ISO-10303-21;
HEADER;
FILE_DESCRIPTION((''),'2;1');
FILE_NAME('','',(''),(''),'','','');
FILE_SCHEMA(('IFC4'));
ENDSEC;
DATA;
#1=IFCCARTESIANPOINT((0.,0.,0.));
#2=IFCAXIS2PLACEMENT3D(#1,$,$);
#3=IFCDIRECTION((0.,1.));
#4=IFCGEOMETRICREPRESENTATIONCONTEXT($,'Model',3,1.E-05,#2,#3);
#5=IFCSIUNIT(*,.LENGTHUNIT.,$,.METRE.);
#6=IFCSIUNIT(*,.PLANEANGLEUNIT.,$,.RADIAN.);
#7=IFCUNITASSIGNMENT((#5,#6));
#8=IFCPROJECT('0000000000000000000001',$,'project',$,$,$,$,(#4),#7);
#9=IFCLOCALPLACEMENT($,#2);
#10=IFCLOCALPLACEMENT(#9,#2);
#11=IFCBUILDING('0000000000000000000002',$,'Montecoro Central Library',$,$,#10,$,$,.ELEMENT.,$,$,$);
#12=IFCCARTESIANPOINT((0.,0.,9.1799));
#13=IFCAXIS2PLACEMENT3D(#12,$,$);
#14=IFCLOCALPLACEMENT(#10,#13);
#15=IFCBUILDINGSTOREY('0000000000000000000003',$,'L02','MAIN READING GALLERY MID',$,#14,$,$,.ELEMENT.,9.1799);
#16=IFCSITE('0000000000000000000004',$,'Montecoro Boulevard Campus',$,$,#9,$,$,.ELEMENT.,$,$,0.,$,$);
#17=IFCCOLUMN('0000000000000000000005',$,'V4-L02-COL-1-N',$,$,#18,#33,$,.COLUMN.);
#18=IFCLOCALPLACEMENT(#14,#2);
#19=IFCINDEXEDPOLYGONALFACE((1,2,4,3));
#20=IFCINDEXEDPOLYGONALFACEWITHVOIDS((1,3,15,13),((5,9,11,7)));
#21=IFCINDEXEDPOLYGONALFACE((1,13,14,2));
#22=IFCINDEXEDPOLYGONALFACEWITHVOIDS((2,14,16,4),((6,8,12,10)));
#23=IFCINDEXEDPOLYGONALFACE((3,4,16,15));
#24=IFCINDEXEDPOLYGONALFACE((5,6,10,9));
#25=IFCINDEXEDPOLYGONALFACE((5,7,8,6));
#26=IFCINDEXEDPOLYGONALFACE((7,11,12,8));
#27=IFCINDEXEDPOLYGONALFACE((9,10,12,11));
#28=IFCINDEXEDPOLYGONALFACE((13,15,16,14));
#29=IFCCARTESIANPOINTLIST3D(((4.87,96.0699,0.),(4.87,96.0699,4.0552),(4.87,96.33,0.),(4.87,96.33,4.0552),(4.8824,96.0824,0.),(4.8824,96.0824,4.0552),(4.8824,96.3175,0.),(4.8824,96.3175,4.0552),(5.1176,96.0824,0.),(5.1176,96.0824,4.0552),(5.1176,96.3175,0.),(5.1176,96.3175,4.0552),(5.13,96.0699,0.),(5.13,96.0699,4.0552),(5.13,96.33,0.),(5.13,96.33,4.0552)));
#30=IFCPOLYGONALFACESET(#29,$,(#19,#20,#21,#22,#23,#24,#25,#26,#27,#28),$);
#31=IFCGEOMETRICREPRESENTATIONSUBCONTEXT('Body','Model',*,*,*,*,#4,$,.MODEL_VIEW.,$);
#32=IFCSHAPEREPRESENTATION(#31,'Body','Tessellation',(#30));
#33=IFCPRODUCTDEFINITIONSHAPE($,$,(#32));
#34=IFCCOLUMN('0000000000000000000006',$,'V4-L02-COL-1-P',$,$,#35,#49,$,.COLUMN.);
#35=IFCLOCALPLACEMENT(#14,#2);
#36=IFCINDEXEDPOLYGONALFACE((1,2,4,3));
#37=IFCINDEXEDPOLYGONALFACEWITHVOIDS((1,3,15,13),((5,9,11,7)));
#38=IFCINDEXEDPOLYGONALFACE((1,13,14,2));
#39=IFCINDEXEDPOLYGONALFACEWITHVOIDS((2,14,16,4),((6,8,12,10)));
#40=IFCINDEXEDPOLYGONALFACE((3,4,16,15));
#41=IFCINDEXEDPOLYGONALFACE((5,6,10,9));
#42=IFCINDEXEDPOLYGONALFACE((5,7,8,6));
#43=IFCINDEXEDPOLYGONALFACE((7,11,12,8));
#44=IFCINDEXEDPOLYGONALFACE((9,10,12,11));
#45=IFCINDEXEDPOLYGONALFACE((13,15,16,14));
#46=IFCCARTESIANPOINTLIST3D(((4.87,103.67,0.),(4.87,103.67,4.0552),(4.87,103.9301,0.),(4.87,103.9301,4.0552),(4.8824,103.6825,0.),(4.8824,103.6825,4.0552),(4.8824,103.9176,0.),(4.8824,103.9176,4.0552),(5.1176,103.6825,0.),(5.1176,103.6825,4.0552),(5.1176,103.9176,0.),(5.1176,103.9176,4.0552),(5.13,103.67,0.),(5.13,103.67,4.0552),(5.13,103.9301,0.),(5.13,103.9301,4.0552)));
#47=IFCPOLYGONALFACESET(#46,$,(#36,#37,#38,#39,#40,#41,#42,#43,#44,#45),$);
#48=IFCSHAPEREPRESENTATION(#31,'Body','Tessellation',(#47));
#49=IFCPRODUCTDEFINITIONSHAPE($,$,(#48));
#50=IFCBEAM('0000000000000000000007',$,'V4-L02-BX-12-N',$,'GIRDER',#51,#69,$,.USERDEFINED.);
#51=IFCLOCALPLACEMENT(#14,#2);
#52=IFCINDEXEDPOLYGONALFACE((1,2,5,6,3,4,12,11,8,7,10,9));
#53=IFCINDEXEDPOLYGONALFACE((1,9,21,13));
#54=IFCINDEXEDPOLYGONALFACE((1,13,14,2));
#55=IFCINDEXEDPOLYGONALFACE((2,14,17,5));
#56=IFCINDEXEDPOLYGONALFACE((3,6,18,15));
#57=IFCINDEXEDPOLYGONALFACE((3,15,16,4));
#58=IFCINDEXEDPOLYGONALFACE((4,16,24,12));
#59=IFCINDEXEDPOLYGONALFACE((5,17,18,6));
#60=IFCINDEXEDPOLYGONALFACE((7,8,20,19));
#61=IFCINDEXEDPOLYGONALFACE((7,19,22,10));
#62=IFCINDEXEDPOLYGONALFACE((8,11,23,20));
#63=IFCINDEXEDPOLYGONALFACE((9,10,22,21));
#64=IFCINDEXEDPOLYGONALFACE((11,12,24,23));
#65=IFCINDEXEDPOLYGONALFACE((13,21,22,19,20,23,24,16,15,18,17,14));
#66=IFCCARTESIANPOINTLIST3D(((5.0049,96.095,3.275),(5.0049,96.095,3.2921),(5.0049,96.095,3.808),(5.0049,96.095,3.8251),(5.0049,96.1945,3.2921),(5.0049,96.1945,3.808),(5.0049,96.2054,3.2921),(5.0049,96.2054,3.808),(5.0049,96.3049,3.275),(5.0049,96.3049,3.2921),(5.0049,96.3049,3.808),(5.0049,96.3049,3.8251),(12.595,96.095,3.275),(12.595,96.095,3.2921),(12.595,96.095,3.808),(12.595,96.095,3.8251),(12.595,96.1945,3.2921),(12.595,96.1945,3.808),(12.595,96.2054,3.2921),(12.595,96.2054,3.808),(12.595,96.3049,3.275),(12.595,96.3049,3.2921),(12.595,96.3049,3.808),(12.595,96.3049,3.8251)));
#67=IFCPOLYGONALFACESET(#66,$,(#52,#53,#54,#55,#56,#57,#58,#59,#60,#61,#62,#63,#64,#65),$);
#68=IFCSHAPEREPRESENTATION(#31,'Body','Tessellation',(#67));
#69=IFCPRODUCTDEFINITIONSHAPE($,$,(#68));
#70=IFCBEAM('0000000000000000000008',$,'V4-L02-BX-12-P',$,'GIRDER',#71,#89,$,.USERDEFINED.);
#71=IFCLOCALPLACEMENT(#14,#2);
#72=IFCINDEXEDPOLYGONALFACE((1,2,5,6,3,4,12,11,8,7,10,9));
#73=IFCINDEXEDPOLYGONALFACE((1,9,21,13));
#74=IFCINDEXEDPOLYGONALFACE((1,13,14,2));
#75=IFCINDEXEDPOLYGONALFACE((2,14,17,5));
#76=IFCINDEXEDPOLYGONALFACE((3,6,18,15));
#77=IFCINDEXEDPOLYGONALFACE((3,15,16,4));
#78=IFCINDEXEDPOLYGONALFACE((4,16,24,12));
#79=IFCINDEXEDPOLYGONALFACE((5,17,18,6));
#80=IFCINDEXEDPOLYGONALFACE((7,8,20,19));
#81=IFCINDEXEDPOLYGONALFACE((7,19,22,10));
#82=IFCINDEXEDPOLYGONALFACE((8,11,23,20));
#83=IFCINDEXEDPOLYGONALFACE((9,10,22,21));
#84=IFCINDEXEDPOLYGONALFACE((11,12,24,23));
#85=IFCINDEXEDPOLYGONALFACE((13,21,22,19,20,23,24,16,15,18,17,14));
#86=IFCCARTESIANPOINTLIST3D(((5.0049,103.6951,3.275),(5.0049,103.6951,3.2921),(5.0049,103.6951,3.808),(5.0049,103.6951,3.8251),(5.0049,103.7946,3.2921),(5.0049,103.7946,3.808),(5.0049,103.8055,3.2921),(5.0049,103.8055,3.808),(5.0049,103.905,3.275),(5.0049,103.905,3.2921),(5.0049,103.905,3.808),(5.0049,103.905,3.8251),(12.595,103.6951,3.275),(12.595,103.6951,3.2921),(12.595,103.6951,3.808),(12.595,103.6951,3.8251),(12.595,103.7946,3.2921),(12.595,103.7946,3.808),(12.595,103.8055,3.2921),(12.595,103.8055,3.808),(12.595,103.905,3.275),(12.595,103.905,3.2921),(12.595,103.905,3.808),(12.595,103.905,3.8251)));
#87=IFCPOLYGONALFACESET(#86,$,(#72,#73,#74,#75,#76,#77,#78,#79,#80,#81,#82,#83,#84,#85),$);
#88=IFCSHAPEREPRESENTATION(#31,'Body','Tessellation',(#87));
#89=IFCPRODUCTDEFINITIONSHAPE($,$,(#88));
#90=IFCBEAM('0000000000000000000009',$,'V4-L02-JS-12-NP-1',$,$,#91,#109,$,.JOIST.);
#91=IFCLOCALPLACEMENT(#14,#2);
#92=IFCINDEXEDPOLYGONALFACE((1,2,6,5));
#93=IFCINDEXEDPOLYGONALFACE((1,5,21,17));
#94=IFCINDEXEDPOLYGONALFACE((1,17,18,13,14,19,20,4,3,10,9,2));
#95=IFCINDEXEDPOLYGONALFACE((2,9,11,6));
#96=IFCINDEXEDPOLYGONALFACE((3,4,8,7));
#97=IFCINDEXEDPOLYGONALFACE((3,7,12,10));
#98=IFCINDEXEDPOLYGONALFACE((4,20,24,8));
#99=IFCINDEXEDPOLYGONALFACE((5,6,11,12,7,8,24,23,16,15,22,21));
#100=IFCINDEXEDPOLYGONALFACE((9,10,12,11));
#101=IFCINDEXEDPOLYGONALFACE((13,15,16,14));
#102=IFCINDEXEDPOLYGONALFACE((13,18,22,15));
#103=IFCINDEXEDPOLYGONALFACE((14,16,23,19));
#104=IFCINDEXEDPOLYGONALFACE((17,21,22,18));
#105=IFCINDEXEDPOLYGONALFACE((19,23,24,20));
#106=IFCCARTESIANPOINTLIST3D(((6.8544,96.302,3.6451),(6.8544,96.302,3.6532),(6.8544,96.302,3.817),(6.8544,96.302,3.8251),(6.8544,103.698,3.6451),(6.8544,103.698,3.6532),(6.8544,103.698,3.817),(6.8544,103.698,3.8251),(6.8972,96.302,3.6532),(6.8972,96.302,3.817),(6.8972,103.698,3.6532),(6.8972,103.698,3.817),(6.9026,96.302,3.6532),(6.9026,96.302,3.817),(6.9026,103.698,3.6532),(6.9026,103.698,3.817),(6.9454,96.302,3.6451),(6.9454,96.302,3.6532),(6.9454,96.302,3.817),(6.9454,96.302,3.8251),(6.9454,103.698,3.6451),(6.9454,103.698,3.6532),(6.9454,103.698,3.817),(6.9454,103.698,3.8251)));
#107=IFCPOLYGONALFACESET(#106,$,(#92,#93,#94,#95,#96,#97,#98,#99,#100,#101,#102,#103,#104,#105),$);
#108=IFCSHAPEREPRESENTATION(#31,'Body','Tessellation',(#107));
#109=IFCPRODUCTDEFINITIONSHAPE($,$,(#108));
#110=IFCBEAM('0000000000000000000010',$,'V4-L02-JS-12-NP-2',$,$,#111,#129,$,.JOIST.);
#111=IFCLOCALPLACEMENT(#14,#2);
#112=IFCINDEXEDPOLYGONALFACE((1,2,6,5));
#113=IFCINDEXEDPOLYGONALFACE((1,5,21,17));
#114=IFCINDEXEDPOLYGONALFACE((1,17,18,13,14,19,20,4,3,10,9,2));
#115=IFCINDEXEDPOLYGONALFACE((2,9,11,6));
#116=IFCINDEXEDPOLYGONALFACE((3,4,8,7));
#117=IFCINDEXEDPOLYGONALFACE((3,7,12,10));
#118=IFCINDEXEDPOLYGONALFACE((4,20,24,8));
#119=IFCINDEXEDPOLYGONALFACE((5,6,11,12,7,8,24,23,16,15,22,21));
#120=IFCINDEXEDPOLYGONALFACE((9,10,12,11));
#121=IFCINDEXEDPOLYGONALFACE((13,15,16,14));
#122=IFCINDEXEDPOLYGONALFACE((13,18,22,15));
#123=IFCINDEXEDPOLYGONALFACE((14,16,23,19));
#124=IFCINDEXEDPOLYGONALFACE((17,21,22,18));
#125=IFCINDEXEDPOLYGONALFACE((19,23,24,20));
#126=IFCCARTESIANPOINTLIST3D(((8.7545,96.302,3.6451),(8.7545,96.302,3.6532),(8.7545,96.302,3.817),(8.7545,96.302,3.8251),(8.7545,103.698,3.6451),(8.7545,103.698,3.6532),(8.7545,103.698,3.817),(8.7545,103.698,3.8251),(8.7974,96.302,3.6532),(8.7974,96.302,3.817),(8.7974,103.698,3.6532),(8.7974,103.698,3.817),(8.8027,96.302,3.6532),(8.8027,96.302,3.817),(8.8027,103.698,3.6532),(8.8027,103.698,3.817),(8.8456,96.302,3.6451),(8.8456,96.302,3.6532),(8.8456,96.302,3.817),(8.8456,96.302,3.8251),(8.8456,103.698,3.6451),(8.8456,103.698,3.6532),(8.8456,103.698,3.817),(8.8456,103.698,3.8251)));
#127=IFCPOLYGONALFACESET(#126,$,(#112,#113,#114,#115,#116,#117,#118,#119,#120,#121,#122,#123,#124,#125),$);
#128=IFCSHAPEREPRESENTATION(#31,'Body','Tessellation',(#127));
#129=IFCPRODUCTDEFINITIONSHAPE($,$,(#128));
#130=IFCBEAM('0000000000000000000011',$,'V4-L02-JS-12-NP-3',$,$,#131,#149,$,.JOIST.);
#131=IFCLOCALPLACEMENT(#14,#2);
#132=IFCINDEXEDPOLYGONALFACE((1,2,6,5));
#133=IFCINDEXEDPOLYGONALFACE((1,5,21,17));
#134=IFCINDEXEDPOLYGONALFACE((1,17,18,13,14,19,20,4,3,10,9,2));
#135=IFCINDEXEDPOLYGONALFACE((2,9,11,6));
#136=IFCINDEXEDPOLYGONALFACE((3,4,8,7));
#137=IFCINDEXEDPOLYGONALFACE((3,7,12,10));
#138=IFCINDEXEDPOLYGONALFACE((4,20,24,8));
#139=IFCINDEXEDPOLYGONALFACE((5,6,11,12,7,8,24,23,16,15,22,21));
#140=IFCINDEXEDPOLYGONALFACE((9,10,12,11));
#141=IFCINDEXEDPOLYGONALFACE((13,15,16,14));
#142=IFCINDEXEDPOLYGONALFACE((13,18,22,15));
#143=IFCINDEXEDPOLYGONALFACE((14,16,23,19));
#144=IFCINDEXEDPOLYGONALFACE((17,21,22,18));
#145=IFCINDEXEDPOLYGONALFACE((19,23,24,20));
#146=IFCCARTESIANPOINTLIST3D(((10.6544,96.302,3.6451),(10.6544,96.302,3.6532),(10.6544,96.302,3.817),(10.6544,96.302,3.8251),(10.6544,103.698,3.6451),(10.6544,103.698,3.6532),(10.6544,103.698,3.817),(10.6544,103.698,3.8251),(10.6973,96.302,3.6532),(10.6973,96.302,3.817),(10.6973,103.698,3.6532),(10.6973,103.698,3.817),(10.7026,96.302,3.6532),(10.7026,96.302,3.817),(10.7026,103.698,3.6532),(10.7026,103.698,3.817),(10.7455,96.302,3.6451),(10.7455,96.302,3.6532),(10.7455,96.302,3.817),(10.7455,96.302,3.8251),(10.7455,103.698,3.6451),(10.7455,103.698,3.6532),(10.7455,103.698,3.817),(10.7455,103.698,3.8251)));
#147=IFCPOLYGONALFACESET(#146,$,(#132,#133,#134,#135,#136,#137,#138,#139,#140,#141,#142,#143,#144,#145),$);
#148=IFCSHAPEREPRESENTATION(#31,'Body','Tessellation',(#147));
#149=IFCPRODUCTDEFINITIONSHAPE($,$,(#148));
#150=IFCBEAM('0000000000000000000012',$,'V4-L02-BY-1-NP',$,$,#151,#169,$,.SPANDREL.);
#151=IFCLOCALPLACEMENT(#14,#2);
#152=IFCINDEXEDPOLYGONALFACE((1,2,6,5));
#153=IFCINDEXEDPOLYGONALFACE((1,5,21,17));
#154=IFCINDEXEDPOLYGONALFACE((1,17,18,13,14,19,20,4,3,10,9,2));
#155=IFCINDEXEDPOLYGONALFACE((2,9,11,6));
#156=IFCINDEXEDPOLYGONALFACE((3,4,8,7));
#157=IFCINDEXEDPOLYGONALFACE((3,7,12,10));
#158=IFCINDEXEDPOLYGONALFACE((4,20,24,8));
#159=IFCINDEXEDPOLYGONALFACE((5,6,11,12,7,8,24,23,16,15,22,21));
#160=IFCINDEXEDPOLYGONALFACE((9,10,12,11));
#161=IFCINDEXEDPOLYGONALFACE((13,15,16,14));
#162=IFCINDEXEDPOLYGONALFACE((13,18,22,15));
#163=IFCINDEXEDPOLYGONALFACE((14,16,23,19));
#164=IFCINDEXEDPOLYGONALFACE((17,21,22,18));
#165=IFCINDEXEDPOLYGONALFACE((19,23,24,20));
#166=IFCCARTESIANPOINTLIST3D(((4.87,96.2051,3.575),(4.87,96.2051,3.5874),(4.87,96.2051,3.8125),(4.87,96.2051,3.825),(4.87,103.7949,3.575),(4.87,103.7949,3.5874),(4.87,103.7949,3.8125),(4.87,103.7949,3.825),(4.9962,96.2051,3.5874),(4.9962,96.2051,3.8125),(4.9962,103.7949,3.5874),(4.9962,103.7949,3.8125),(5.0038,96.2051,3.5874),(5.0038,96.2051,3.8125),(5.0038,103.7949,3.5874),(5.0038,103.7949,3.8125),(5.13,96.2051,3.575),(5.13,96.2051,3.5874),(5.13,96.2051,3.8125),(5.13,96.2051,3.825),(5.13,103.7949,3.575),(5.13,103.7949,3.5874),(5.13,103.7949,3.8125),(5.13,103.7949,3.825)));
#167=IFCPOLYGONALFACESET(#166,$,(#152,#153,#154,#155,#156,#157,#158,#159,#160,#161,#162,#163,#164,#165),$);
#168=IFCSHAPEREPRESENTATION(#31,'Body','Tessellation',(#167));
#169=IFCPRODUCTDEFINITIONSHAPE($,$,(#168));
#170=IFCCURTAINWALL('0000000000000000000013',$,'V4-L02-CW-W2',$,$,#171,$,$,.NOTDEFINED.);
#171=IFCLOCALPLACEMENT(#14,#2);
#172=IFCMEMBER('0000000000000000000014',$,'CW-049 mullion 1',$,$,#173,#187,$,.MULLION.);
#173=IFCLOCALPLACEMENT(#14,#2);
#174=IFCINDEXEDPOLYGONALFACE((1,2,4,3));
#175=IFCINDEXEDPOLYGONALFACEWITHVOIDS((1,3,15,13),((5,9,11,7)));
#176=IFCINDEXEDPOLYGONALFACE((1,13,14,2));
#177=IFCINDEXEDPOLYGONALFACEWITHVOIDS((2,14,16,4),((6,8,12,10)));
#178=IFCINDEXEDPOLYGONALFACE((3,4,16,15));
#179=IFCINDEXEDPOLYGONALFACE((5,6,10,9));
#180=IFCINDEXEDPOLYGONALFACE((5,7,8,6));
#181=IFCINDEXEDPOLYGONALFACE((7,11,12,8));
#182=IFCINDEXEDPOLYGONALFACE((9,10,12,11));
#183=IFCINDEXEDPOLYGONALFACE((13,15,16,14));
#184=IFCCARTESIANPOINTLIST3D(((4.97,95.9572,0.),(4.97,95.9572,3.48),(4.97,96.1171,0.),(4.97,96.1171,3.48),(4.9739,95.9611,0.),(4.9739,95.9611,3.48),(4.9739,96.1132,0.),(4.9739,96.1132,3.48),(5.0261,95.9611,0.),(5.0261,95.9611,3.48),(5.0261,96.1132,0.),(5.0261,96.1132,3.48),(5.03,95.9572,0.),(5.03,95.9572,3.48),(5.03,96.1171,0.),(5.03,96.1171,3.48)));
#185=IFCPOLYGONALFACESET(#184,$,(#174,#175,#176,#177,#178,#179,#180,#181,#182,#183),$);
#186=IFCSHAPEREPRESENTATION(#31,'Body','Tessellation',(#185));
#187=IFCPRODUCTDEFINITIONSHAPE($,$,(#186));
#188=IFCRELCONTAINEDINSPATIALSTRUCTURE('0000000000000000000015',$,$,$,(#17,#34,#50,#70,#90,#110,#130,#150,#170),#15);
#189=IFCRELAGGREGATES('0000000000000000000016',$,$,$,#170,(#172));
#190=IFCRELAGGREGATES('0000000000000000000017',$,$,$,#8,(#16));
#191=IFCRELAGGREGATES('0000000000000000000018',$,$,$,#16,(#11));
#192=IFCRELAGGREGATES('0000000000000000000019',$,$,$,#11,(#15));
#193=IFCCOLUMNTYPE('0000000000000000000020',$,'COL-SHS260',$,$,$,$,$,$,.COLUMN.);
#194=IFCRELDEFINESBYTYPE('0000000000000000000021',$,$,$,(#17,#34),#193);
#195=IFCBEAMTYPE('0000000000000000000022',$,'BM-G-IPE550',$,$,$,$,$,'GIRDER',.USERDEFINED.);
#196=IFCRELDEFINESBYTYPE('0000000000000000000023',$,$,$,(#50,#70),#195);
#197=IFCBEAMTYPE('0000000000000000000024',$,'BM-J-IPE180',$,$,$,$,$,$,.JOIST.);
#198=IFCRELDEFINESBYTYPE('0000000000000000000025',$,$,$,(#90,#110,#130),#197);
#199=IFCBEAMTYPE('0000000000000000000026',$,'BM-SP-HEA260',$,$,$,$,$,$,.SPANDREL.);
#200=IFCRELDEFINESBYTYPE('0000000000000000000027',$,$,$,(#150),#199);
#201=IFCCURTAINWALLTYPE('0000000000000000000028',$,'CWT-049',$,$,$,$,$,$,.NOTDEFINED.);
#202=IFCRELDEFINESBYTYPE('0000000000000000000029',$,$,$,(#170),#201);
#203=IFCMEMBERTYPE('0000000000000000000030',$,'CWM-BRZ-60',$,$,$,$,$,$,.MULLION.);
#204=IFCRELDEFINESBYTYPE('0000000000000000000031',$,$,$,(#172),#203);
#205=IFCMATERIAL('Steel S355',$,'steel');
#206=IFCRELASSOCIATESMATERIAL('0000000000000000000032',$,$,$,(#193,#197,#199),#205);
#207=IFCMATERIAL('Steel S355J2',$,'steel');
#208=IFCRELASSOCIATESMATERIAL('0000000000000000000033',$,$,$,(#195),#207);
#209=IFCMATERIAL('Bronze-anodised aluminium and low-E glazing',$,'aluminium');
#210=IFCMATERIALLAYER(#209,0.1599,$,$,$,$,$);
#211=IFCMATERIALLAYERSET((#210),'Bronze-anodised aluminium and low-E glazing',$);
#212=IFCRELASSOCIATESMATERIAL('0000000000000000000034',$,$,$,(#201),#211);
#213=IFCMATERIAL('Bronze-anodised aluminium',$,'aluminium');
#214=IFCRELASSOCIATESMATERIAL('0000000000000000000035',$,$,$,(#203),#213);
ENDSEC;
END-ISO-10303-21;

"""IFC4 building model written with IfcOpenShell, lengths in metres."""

from ifc_helpers import new_model, si_unit, direction, frame, origin, origin_2d, place, context, subcontext, project, spatial, hollow_rectangle, i_section, extrude, material, layer, layer_set, material_profile, profile_set, type_object, element, aggregate, save


model = new_model("IFC4")

# Units and contexts
model_context = context("Model", 3, precision=1e-05, world=origin(), true_north=direction((0.0, 1.0)))
body_context = subcontext(model_context, "Body", "Model", "MODEL_VIEW")
ifc_project = project(units=[si_unit("LENGTHUNIT", "METRE"), si_unit("PLANEANGLEUNIT", "RADIAN")], contexts=[model_context])

# Site, building, storey
site_placement = place(None, origin())
site = spatial("IfcSite", under=ifc_project, at=site_placement, Name="Montecoro Boulevard Campus", CompositionType="ELEMENT", RefElevation=0.0)
building_placement = place(site_placement, origin())
building = spatial("IfcBuilding", under=site, at=building_placement, Name="Montecoro Central Library", CompositionType="ELEMENT")
storey_placement = place(building_placement, frame((0.0, 0.0, 9.1799)))
storey = spatial("IfcBuildingStorey", under=building, at=storey_placement, Name="L02", Description="MAIN READING GALLERY MID", CompositionType="ELEMENT", Elevation=9.1799)

# Columns
ifc_material_1 = material(Name="Steel S355", Category="steel")
ifc_material_profile_1 = material_profile(ifc_material_1, hollow_rectangle(XDim=0.26, YDim=0.26, WallThickness=0.0125, at=origin_2d()), Name="SHS 260x260x12.5")
ifc_profile_set_1 = profile_set([ifc_material_profile_1], Name="Steel S355")
column_type = type_object("IfcColumnType", Name="COL-SHS260", PredefinedType="COLUMN", material=ifc_profile_set_1)
for number, where, z_axis, x_axis, name in (
    (1, (5.0, 96.2, 0.0), (0.0, 0.0, 1.0), (1.0, 0.0, 0.0), "V4-L02-COL-1-N"),
    (2, (5.0, 103.8, 0.0), (0.0, 0.0, 1.0), (1.0, 0.0, 0.0), "V4-L02-COL-1-P"),
):
    element("IfcColumn", number, at=place(storey_placement, frame(where, z_axis=z_axis, x_axis=x_axis)), inside=storey, type_object=column_type, Name=name, PredefinedType="COLUMN", context=body_context, shape_type="SweptSolid", body=[
        extrude(hollow_rectangle(XDim=0.26, YDim=0.26, WallThickness=0.0125, at=origin_2d()), origin(), (0.0, 0.0, 1.0), 4.0552),
    ])

# Beams
ifc_material_2 = material(Name="Steel S355J2", Category="steel")
ifc_material_profile_2 = material_profile(ifc_material_2, i_section(OverallWidth=0.21, OverallDepth=0.55, WebThickness=0.011, FlangeThickness=0.0171, at=origin_2d()), Name="IPE 550")
ifc_profile_set_2 = profile_set([ifc_material_profile_2], Name="Steel S355J2")
beam_type_1 = type_object("IfcBeamType", Name="BM-G-IPE550", ElementType="GIRDER", PredefinedType="USERDEFINED", material=ifc_profile_set_2)
for number, where, z_axis, x_axis, name in (
    (3, (5.0049, 96.2, 3.55), (1.0, 0.0, 0.0), (0.0, 1.0, 0.0), "V4-L02-BX-12-N"),
    (4, (5.0049, 103.8, 3.55), (1.0, 0.0, 0.0), (0.0, 1.0, 0.0), "V4-L02-BX-12-P"),
):
    element("IfcBeam", number, at=place(storey_placement, frame(where, z_axis=z_axis, x_axis=x_axis)), inside=storey, type_object=beam_type_1, Name=name, ObjectType="GIRDER", PredefinedType="USERDEFINED", context=body_context, shape_type="SweptSolid", body=[
        extrude(i_section(OverallWidth=0.21, OverallDepth=0.55, WebThickness=0.011, FlangeThickness=0.0171, at=origin_2d()), origin(), (0.0, 0.0, 1.0), 7.5901),
    ])
ifc_material_profile_3 = material_profile(ifc_material_1, i_section(OverallWidth=0.0911, OverallDepth=0.1799, WebThickness=0.0054, FlangeThickness=0.0081, at=origin_2d()), Name="IPE 180")
ifc_profile_set_3 = profile_set([ifc_material_profile_3], Name="Steel S355")
beam_type_2 = type_object("IfcBeamType", Name="BM-J-IPE180", PredefinedType="JOIST", material=ifc_profile_set_3)
for number, where, z_axis, x_axis, name in (
    (5, (6.8999, 96.302, 3.7351), (0.0, 1.0, 0.0), (-1.0, 0.0, 0.0), "V4-L02-JS-12-NP-1"),
    (6, (8.8, 96.302, 3.7351), (0.0, 1.0, 0.0), (-1.0, 0.0, 0.0), "V4-L02-JS-12-NP-2"),
    (7, (10.7, 96.302, 3.7351), (0.0, 1.0, 0.0), (-1.0, 0.0, 0.0), "V4-L02-JS-12-NP-3"),
):
    element("IfcBeam", number, at=place(storey_placement, frame(where, z_axis=z_axis, x_axis=x_axis)), inside=storey, type_object=beam_type_2, Name=name, PredefinedType="JOIST", context=body_context, shape_type="SweptSolid", body=[
        extrude(i_section(OverallWidth=0.0911, OverallDepth=0.1799, WebThickness=0.0054, FlangeThickness=0.0081, at=origin_2d()), origin(), (0.0, 0.0, 1.0), 7.396),
    ])
ifc_material_profile_4 = material_profile(ifc_material_1, i_section(OverallWidth=0.26, OverallDepth=0.25, WebThickness=0.0076, FlangeThickness=0.0125, at=origin_2d()), Name="HEA 260")
ifc_profile_set_4 = profile_set([ifc_material_profile_4], Name="Steel S355")
beam_type_3 = type_object("IfcBeamType", Name="BM-SP-HEA260", PredefinedType="SPANDREL", material=ifc_profile_set_4)
beam_placement = place(storey_placement, frame((5.0, 96.2051, 3.7), z_axis=(0.0, 1.0, 0.0), x_axis=(-1.0, 0.0, 0.0)))
element("IfcBeam", 8, at=beam_placement, inside=storey, type_object=beam_type_3, Name="V4-L02-BY-1-NP", PredefinedType="SPANDREL", context=body_context, shape_type="SweptSolid", body=[
    extrude(i_section(OverallWidth=0.26, OverallDepth=0.25, WebThickness=0.0076, FlangeThickness=0.0125, at=origin_2d()), origin(), (0.0, 0.0, 1.0), 7.5898),
])

# Curtain wall, member
ifc_material_3 = material(Name="Bronze-anodised aluminium and low-E glazing", Category="aluminium")
ifc_layer_1 = layer(ifc_material_3, 0.1599)
ifc_layer_set_1 = layer_set([ifc_layer_1], Name="Bronze-anodised aluminium and low-E glazing")
curtain_wall_type = type_object("IfcCurtainWallType", Name="CWT-049", PredefinedType="NOTDEFINED", material=ifc_layer_set_1)
curtain_wall_placement = place(storey_placement, origin())
curtain_wall = element("IfcCurtainWall", 9, at=curtain_wall_placement, inside=storey, type_object=curtain_wall_type, Name="V4-L02-CW-W2", PredefinedType="NOTDEFINED")
ifc_material_4 = material(Name="Bronze-anodised aluminium", Category="aluminium")
ifc_material_profile_5 = material_profile(ifc_material_4, hollow_rectangle(XDim=0.0601, YDim=0.1599, WallThickness=0.0039, at=origin_2d()), Name="CWM 160x60x4.0")
ifc_profile_set_5 = profile_set([ifc_material_profile_5], Name="Bronze-anodised aluminium")
member_type_1 = type_object("IfcMemberType", Name="CWM-BRZ-60", PredefinedType="MULLION", material=ifc_profile_set_5)
member_1_placement = place(storey_placement, frame((5.0, 96.0371, 0.0), z_axis=(0.0, 0.0, 1.0), x_axis=(1.0, 0.0, 0.0)))
member_1 = element("IfcMember", 10, at=member_1_placement, type_object=member_type_1, Name="CW-049 mullion 1", PredefinedType="MULLION", context=body_context, shape_type="SweptSolid", body=[
    extrude(hollow_rectangle(XDim=0.0601, YDim=0.1599, WallThickness=0.0039, at=origin_2d()), origin(), (0.0, 0.0, 1.0), 3.48),
])
aggregate(curtain_wall, [member_1])

save(model, "model.ifc")
